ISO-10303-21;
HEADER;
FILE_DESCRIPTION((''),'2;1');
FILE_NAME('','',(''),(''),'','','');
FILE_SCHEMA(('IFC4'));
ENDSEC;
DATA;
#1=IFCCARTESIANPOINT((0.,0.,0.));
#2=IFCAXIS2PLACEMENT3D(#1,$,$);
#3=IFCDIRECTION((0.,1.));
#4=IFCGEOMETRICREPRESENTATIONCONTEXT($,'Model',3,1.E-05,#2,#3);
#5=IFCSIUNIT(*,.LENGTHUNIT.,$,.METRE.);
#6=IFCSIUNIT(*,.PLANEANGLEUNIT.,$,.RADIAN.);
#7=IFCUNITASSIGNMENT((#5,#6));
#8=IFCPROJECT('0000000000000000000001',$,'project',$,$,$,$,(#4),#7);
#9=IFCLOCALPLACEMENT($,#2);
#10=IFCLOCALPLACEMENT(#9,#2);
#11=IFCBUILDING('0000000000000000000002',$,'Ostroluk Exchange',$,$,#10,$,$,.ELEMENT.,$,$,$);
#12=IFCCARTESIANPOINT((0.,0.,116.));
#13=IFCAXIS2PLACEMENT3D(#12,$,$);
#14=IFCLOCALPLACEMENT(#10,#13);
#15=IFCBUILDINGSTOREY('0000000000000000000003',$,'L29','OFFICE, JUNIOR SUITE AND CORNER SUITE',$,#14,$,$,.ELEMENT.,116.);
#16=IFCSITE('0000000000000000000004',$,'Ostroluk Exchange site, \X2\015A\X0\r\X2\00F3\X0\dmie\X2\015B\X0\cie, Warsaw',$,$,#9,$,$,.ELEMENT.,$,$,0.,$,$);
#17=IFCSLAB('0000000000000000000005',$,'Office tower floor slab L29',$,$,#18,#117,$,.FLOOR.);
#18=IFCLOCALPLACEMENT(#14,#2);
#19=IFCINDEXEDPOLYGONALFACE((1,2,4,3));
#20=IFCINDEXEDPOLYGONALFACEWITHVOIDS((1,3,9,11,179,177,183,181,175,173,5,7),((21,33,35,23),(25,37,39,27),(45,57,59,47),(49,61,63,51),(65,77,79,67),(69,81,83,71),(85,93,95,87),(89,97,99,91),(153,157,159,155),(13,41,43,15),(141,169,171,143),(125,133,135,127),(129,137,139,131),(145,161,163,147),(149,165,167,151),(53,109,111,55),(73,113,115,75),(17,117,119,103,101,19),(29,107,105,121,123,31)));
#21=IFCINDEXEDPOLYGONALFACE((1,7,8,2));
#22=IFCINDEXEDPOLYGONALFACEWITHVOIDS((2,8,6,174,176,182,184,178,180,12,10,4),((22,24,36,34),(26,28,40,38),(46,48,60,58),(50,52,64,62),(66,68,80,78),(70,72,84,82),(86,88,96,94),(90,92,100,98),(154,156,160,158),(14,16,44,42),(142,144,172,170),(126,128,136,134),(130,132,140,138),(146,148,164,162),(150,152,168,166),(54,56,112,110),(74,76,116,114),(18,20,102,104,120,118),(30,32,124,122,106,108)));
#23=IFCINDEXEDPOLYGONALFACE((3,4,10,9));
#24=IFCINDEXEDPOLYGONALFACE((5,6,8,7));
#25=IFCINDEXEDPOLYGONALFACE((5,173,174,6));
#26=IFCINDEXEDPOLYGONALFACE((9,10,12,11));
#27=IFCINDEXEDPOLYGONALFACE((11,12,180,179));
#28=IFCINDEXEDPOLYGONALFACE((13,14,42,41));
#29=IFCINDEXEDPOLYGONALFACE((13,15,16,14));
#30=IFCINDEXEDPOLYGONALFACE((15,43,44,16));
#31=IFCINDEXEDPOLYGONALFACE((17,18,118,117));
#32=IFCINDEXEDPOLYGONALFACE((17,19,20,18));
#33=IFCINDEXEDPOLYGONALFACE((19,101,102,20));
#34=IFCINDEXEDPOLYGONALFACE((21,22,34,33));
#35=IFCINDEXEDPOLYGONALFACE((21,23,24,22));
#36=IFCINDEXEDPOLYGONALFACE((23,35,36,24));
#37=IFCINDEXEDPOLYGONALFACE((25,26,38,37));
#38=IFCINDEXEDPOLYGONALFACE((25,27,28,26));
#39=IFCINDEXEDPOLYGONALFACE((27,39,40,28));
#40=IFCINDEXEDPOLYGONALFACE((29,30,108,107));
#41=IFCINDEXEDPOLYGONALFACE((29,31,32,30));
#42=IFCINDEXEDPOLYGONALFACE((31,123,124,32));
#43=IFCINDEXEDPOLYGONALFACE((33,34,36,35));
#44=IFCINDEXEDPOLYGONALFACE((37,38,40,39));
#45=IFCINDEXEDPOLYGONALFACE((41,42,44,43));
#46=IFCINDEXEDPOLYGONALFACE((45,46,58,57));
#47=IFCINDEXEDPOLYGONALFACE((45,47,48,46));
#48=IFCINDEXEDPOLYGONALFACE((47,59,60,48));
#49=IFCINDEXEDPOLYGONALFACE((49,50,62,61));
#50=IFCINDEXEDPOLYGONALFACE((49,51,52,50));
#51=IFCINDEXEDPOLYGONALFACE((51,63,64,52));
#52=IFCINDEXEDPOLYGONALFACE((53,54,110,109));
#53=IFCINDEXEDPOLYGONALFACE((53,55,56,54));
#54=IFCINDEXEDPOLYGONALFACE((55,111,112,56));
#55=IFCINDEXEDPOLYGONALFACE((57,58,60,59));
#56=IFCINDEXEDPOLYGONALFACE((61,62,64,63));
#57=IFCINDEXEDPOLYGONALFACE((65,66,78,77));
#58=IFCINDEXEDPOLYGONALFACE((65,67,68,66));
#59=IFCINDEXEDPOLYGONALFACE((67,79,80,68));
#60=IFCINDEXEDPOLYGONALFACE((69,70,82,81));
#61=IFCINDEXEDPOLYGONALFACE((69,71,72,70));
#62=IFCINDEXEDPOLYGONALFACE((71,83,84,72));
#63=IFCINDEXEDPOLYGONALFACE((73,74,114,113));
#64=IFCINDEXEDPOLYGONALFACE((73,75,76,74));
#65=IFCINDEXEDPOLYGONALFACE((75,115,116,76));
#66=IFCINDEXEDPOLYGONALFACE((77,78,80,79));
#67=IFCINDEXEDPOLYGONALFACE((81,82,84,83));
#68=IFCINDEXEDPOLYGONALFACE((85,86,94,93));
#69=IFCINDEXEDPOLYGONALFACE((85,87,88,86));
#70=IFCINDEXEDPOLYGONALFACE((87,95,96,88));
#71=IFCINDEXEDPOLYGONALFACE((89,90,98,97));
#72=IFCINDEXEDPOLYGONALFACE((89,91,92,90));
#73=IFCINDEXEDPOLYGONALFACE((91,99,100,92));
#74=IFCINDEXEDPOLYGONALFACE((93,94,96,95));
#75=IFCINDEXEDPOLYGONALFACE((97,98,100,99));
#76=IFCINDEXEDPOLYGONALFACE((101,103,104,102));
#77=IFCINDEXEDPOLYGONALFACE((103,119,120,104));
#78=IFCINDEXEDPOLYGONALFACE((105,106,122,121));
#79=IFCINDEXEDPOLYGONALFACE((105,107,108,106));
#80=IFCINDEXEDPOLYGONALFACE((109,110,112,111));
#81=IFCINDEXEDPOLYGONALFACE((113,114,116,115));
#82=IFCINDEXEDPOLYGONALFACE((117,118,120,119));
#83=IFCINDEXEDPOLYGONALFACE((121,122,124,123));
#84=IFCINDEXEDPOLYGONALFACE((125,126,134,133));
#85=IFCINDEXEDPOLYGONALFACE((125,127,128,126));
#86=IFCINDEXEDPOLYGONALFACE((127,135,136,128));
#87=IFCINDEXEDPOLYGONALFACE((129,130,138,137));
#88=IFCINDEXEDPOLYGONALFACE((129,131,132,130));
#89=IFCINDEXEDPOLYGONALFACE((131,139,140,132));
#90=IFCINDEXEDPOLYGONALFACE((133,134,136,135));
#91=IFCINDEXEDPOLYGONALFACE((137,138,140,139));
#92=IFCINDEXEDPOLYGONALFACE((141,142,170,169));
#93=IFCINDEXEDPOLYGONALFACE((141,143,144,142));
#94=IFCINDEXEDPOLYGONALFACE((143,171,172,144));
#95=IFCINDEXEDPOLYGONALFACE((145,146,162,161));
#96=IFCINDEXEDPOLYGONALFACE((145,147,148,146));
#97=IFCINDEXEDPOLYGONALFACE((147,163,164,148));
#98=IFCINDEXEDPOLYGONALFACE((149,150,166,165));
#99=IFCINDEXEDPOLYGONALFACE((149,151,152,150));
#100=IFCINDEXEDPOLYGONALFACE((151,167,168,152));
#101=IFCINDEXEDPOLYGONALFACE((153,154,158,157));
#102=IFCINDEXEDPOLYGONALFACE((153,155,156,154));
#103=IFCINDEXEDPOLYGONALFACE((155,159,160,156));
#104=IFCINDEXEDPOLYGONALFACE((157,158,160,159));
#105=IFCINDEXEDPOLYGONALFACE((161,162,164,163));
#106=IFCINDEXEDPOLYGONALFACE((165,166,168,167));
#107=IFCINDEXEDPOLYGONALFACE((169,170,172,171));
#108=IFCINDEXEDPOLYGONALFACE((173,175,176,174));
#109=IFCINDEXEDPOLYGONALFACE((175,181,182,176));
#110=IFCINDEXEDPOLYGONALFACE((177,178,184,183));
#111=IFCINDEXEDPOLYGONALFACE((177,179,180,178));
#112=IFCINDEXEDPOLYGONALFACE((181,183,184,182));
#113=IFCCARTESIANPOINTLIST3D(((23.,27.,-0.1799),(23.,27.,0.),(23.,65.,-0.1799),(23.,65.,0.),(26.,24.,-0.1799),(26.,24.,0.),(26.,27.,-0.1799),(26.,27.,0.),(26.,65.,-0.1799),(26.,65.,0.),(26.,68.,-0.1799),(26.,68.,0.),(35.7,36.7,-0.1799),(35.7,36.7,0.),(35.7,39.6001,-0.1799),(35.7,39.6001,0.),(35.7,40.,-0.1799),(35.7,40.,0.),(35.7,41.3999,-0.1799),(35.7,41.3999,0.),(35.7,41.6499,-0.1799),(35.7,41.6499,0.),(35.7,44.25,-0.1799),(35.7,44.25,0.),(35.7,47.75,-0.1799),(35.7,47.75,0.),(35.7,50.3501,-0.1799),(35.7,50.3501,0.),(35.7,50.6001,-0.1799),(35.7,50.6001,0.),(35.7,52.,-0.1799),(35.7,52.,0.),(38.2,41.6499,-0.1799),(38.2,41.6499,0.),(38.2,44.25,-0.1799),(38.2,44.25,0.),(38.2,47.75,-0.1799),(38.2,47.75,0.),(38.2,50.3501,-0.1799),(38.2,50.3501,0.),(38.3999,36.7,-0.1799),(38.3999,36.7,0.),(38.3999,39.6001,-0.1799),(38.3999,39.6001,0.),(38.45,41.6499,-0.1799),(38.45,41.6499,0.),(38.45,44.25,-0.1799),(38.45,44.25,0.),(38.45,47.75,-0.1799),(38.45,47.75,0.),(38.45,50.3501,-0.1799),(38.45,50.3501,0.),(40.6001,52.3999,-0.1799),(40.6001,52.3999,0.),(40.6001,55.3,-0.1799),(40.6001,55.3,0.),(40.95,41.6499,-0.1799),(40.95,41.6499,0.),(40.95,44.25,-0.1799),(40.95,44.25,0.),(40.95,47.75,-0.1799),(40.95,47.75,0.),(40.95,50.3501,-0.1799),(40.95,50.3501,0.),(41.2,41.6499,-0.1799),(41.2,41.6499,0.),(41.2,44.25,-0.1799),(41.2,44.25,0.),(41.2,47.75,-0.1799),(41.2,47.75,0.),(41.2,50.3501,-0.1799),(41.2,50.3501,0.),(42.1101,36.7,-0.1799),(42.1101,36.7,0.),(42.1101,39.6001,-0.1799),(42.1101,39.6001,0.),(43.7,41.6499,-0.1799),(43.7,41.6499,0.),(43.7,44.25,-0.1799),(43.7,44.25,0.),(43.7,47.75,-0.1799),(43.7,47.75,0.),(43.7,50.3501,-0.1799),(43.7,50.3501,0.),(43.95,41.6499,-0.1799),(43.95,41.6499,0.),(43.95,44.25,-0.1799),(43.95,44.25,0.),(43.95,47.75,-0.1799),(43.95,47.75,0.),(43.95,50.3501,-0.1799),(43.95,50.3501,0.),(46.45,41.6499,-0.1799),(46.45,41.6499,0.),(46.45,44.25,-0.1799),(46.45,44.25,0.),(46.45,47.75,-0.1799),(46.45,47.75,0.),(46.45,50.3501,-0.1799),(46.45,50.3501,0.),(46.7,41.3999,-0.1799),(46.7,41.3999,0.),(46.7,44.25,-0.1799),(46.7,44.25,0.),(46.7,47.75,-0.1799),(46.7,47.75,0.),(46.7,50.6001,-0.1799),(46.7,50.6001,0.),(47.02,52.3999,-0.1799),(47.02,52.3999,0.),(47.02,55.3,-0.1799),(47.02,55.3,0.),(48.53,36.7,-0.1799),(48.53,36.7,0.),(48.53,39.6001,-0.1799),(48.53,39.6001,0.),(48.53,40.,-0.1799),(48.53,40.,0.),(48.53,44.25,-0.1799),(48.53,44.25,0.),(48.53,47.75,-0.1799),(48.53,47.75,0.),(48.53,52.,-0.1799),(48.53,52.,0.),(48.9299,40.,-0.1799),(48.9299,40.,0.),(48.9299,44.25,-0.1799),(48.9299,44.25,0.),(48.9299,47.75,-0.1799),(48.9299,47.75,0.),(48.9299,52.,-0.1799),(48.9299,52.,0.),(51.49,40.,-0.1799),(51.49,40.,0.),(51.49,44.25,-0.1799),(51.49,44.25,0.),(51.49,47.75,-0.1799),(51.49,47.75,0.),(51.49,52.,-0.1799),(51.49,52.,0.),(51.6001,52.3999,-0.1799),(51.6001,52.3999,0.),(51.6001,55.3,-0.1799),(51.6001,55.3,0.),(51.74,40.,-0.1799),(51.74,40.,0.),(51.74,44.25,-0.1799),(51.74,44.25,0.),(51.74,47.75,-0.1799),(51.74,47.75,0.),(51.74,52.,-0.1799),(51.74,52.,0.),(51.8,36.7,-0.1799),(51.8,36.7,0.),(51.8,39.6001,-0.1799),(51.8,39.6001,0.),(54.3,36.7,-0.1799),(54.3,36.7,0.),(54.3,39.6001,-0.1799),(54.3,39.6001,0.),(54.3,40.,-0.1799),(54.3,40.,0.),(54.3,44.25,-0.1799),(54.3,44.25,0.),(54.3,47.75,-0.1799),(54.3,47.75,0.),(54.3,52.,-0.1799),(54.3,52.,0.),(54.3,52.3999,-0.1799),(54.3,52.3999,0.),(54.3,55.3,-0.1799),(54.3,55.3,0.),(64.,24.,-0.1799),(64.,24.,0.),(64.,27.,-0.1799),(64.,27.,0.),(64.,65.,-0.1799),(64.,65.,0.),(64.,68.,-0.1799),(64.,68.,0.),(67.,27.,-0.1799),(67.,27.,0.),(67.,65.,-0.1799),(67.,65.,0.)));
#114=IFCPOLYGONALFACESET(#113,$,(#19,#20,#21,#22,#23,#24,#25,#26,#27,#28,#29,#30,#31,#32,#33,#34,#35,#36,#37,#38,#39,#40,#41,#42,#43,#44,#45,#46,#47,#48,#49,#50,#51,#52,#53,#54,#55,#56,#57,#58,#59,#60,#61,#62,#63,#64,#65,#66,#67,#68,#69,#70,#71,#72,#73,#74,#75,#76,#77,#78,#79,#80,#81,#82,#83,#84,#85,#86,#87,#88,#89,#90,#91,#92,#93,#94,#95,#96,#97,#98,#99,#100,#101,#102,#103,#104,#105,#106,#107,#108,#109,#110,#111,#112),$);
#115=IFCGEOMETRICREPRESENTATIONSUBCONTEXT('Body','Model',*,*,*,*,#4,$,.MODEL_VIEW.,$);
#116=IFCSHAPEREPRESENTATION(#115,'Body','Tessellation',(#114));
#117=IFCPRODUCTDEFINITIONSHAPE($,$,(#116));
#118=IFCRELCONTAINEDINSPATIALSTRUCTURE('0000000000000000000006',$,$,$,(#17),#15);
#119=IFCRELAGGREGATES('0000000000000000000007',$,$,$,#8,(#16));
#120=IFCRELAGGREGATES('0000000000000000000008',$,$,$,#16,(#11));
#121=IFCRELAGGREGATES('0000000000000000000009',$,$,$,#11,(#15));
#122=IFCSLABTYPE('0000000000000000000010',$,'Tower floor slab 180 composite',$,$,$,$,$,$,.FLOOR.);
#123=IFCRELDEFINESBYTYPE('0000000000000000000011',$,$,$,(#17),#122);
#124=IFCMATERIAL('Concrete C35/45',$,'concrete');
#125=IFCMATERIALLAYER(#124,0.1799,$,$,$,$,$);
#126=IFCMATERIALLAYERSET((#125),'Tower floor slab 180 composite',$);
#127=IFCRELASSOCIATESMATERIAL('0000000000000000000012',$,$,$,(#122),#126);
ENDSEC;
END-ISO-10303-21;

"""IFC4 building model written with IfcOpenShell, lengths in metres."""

from ifc_helpers import new_model, si_unit, direction, frame, origin, place, context, subcontext, project, spatial, polyline, outline, extrude, material, layer, layer_set, type_object, element, save


model = new_model("IFC4")

# Units and contexts
model_context = context("Model", 3, precision=1e-05, world=origin(), true_north=direction((0.0, 1.0)))
body_context = subcontext(model_context, "Body", "Model", "MODEL_VIEW")
ifc_project = project(units=[si_unit("LENGTHUNIT", "METRE"), si_unit("PLANEANGLEUNIT", "RADIAN")], contexts=[model_context])

# Site, building, storey
site_placement = place(None, origin())
site = spatial("IfcSite", under=ifc_project, at=site_placement, Name="Ostroluk Exchange site, Śródmieście, Warsaw", CompositionType="ELEMENT", RefElevation=0.0)
building_placement = place(site_placement, origin())
building = spatial("IfcBuilding", under=site, at=building_placement, Name="Ostroluk Exchange", CompositionType="ELEMENT")
storey_placement = place(building_placement, frame((0.0, 0.0, 116.0)))
storey = spatial("IfcBuildingStorey", under=building, at=storey_placement, Name="L29", Description="OFFICE, JUNIOR SUITE AND CORNER SUITE", CompositionType="ELEMENT", Elevation=116.0)

# Slab
ifc_material_1 = material(Name="Concrete C35/45", Category="concrete")
ifc_layer_1 = layer(ifc_material_1, 0.1799)
ifc_layer_set_1 = layer_set([ifc_layer_1], Name="Tower floor slab 180 composite")
slab_type_1 = type_object("IfcSlabType", Name="Tower floor slab 180 composite", PredefinedType="FLOOR", material=ifc_layer_set_1)
slab_1_placement = place(storey_placement, frame((0.0, 0.0, -0.1799)))
element("IfcSlab", 1, at=slab_1_placement, inside=storey, type_object=slab_type_1, Name="Office tower floor slab L29", PredefinedType="FLOOR", context=body_context, shape_type="SweptSolid", body=[
    extrude(outline(polyline([(26.0, 24.0), (64.0, 24.0), (64.0, 27.0), (67.0, 27.0), (67.0, 65.0), (64.0, 65.0), (64.0, 68.0), (26.0, 68.0), (26.0, 65.0), (23.0, 65.0), (23.0, 27.0), (26.0, 27.0), (26.0, 24.0)]), holes=[polyline([(35.7, 36.7), (38.3999, 36.7), (38.3999, 39.6001), (35.7, 39.6001), (35.7, 36.7)]), polyline([(42.1101, 36.7), (48.53, 36.7), (48.53, 39.6001), (42.1101, 39.6001), (42.1101, 36.7)]), polyline([(51.8, 36.7), (54.3, 36.7), (54.3, 39.6001), (51.8, 39.6001), (51.8, 36.7)]), polyline([(40.6001, 52.3999), (47.02, 52.3999), (47.02, 55.3), (40.6001, 55.3), (40.6001, 52.3999)]), polyline([(51.6001, 52.3999), (54.3, 52.3999), (54.3, 55.3), (51.6001, 55.3), (51.6001, 52.3999)]), polyline([(35.7, 47.75), (38.2, 47.75), (38.2, 50.3501), (35.7, 50.3501), (35.7, 47.75)]), polyline([(38.45, 47.75), (40.95, 47.75), (40.95, 50.3501), (38.45, 50.3501), (38.45, 47.75)]), polyline([(41.2, 47.75), (43.7, 47.75), (43.7, 50.3501), (41.2, 50.3501), (41.2, 47.75)]), polyline([(43.95, 47.75), (46.45, 47.75), (46.45, 50.3501), (43.95, 50.3501), (43.95, 47.75)]), polyline([(35.7, 41.6499), (38.2, 41.6499), (38.2, 44.25), (35.7, 44.25), (35.7, 41.6499)]), polyline([(38.45, 41.6499), (40.95, 41.6499), (40.95, 44.25), (38.45, 44.25), (38.45, 41.6499)]), polyline([(41.2, 41.6499), (43.7, 41.6499), (43.7, 44.25), (41.2, 44.25), (41.2, 41.6499)]), polyline([(43.95, 41.6499), (46.45, 41.6499), (46.45, 44.25), (43.95, 44.25), (43.95, 41.6499)]), polyline([(48.9299, 47.75), (51.49, 47.75), (51.49, 52.0), (48.9299, 52.0), (48.9299, 47.75)]), polyline([(51.74, 47.75), (54.3, 47.75), (54.3, 52.0), (51.74, 52.0), (51.74, 47.75)]), polyline([(48.9299, 40.0), (51.49, 40.0), (51.49, 44.25), (48.9299, 44.25), (48.9299, 40.0)]), polyline([(51.74, 40.0), (54.3, 40.0), (54.3, 44.25), (51.74, 44.25), (51.74, 40.0)]), polyline([(48.53, 52.0), (48.53, 47.75), (46.7, 47.75), (46.7, 50.6001), (35.7, 50.6001), (35.7, 52.0), (48.53, 52.0)]), polyline([(35.7, 40.0), (35.7, 41.3999), (46.7, 41.3999), (46.7, 44.25), (48.53, 44.25), (48.53, 40.0), (35.7, 40.0)])]), origin(), (0.0, 0.0, 1.0), 0.1799),
])

save(model, "model.ifc")
